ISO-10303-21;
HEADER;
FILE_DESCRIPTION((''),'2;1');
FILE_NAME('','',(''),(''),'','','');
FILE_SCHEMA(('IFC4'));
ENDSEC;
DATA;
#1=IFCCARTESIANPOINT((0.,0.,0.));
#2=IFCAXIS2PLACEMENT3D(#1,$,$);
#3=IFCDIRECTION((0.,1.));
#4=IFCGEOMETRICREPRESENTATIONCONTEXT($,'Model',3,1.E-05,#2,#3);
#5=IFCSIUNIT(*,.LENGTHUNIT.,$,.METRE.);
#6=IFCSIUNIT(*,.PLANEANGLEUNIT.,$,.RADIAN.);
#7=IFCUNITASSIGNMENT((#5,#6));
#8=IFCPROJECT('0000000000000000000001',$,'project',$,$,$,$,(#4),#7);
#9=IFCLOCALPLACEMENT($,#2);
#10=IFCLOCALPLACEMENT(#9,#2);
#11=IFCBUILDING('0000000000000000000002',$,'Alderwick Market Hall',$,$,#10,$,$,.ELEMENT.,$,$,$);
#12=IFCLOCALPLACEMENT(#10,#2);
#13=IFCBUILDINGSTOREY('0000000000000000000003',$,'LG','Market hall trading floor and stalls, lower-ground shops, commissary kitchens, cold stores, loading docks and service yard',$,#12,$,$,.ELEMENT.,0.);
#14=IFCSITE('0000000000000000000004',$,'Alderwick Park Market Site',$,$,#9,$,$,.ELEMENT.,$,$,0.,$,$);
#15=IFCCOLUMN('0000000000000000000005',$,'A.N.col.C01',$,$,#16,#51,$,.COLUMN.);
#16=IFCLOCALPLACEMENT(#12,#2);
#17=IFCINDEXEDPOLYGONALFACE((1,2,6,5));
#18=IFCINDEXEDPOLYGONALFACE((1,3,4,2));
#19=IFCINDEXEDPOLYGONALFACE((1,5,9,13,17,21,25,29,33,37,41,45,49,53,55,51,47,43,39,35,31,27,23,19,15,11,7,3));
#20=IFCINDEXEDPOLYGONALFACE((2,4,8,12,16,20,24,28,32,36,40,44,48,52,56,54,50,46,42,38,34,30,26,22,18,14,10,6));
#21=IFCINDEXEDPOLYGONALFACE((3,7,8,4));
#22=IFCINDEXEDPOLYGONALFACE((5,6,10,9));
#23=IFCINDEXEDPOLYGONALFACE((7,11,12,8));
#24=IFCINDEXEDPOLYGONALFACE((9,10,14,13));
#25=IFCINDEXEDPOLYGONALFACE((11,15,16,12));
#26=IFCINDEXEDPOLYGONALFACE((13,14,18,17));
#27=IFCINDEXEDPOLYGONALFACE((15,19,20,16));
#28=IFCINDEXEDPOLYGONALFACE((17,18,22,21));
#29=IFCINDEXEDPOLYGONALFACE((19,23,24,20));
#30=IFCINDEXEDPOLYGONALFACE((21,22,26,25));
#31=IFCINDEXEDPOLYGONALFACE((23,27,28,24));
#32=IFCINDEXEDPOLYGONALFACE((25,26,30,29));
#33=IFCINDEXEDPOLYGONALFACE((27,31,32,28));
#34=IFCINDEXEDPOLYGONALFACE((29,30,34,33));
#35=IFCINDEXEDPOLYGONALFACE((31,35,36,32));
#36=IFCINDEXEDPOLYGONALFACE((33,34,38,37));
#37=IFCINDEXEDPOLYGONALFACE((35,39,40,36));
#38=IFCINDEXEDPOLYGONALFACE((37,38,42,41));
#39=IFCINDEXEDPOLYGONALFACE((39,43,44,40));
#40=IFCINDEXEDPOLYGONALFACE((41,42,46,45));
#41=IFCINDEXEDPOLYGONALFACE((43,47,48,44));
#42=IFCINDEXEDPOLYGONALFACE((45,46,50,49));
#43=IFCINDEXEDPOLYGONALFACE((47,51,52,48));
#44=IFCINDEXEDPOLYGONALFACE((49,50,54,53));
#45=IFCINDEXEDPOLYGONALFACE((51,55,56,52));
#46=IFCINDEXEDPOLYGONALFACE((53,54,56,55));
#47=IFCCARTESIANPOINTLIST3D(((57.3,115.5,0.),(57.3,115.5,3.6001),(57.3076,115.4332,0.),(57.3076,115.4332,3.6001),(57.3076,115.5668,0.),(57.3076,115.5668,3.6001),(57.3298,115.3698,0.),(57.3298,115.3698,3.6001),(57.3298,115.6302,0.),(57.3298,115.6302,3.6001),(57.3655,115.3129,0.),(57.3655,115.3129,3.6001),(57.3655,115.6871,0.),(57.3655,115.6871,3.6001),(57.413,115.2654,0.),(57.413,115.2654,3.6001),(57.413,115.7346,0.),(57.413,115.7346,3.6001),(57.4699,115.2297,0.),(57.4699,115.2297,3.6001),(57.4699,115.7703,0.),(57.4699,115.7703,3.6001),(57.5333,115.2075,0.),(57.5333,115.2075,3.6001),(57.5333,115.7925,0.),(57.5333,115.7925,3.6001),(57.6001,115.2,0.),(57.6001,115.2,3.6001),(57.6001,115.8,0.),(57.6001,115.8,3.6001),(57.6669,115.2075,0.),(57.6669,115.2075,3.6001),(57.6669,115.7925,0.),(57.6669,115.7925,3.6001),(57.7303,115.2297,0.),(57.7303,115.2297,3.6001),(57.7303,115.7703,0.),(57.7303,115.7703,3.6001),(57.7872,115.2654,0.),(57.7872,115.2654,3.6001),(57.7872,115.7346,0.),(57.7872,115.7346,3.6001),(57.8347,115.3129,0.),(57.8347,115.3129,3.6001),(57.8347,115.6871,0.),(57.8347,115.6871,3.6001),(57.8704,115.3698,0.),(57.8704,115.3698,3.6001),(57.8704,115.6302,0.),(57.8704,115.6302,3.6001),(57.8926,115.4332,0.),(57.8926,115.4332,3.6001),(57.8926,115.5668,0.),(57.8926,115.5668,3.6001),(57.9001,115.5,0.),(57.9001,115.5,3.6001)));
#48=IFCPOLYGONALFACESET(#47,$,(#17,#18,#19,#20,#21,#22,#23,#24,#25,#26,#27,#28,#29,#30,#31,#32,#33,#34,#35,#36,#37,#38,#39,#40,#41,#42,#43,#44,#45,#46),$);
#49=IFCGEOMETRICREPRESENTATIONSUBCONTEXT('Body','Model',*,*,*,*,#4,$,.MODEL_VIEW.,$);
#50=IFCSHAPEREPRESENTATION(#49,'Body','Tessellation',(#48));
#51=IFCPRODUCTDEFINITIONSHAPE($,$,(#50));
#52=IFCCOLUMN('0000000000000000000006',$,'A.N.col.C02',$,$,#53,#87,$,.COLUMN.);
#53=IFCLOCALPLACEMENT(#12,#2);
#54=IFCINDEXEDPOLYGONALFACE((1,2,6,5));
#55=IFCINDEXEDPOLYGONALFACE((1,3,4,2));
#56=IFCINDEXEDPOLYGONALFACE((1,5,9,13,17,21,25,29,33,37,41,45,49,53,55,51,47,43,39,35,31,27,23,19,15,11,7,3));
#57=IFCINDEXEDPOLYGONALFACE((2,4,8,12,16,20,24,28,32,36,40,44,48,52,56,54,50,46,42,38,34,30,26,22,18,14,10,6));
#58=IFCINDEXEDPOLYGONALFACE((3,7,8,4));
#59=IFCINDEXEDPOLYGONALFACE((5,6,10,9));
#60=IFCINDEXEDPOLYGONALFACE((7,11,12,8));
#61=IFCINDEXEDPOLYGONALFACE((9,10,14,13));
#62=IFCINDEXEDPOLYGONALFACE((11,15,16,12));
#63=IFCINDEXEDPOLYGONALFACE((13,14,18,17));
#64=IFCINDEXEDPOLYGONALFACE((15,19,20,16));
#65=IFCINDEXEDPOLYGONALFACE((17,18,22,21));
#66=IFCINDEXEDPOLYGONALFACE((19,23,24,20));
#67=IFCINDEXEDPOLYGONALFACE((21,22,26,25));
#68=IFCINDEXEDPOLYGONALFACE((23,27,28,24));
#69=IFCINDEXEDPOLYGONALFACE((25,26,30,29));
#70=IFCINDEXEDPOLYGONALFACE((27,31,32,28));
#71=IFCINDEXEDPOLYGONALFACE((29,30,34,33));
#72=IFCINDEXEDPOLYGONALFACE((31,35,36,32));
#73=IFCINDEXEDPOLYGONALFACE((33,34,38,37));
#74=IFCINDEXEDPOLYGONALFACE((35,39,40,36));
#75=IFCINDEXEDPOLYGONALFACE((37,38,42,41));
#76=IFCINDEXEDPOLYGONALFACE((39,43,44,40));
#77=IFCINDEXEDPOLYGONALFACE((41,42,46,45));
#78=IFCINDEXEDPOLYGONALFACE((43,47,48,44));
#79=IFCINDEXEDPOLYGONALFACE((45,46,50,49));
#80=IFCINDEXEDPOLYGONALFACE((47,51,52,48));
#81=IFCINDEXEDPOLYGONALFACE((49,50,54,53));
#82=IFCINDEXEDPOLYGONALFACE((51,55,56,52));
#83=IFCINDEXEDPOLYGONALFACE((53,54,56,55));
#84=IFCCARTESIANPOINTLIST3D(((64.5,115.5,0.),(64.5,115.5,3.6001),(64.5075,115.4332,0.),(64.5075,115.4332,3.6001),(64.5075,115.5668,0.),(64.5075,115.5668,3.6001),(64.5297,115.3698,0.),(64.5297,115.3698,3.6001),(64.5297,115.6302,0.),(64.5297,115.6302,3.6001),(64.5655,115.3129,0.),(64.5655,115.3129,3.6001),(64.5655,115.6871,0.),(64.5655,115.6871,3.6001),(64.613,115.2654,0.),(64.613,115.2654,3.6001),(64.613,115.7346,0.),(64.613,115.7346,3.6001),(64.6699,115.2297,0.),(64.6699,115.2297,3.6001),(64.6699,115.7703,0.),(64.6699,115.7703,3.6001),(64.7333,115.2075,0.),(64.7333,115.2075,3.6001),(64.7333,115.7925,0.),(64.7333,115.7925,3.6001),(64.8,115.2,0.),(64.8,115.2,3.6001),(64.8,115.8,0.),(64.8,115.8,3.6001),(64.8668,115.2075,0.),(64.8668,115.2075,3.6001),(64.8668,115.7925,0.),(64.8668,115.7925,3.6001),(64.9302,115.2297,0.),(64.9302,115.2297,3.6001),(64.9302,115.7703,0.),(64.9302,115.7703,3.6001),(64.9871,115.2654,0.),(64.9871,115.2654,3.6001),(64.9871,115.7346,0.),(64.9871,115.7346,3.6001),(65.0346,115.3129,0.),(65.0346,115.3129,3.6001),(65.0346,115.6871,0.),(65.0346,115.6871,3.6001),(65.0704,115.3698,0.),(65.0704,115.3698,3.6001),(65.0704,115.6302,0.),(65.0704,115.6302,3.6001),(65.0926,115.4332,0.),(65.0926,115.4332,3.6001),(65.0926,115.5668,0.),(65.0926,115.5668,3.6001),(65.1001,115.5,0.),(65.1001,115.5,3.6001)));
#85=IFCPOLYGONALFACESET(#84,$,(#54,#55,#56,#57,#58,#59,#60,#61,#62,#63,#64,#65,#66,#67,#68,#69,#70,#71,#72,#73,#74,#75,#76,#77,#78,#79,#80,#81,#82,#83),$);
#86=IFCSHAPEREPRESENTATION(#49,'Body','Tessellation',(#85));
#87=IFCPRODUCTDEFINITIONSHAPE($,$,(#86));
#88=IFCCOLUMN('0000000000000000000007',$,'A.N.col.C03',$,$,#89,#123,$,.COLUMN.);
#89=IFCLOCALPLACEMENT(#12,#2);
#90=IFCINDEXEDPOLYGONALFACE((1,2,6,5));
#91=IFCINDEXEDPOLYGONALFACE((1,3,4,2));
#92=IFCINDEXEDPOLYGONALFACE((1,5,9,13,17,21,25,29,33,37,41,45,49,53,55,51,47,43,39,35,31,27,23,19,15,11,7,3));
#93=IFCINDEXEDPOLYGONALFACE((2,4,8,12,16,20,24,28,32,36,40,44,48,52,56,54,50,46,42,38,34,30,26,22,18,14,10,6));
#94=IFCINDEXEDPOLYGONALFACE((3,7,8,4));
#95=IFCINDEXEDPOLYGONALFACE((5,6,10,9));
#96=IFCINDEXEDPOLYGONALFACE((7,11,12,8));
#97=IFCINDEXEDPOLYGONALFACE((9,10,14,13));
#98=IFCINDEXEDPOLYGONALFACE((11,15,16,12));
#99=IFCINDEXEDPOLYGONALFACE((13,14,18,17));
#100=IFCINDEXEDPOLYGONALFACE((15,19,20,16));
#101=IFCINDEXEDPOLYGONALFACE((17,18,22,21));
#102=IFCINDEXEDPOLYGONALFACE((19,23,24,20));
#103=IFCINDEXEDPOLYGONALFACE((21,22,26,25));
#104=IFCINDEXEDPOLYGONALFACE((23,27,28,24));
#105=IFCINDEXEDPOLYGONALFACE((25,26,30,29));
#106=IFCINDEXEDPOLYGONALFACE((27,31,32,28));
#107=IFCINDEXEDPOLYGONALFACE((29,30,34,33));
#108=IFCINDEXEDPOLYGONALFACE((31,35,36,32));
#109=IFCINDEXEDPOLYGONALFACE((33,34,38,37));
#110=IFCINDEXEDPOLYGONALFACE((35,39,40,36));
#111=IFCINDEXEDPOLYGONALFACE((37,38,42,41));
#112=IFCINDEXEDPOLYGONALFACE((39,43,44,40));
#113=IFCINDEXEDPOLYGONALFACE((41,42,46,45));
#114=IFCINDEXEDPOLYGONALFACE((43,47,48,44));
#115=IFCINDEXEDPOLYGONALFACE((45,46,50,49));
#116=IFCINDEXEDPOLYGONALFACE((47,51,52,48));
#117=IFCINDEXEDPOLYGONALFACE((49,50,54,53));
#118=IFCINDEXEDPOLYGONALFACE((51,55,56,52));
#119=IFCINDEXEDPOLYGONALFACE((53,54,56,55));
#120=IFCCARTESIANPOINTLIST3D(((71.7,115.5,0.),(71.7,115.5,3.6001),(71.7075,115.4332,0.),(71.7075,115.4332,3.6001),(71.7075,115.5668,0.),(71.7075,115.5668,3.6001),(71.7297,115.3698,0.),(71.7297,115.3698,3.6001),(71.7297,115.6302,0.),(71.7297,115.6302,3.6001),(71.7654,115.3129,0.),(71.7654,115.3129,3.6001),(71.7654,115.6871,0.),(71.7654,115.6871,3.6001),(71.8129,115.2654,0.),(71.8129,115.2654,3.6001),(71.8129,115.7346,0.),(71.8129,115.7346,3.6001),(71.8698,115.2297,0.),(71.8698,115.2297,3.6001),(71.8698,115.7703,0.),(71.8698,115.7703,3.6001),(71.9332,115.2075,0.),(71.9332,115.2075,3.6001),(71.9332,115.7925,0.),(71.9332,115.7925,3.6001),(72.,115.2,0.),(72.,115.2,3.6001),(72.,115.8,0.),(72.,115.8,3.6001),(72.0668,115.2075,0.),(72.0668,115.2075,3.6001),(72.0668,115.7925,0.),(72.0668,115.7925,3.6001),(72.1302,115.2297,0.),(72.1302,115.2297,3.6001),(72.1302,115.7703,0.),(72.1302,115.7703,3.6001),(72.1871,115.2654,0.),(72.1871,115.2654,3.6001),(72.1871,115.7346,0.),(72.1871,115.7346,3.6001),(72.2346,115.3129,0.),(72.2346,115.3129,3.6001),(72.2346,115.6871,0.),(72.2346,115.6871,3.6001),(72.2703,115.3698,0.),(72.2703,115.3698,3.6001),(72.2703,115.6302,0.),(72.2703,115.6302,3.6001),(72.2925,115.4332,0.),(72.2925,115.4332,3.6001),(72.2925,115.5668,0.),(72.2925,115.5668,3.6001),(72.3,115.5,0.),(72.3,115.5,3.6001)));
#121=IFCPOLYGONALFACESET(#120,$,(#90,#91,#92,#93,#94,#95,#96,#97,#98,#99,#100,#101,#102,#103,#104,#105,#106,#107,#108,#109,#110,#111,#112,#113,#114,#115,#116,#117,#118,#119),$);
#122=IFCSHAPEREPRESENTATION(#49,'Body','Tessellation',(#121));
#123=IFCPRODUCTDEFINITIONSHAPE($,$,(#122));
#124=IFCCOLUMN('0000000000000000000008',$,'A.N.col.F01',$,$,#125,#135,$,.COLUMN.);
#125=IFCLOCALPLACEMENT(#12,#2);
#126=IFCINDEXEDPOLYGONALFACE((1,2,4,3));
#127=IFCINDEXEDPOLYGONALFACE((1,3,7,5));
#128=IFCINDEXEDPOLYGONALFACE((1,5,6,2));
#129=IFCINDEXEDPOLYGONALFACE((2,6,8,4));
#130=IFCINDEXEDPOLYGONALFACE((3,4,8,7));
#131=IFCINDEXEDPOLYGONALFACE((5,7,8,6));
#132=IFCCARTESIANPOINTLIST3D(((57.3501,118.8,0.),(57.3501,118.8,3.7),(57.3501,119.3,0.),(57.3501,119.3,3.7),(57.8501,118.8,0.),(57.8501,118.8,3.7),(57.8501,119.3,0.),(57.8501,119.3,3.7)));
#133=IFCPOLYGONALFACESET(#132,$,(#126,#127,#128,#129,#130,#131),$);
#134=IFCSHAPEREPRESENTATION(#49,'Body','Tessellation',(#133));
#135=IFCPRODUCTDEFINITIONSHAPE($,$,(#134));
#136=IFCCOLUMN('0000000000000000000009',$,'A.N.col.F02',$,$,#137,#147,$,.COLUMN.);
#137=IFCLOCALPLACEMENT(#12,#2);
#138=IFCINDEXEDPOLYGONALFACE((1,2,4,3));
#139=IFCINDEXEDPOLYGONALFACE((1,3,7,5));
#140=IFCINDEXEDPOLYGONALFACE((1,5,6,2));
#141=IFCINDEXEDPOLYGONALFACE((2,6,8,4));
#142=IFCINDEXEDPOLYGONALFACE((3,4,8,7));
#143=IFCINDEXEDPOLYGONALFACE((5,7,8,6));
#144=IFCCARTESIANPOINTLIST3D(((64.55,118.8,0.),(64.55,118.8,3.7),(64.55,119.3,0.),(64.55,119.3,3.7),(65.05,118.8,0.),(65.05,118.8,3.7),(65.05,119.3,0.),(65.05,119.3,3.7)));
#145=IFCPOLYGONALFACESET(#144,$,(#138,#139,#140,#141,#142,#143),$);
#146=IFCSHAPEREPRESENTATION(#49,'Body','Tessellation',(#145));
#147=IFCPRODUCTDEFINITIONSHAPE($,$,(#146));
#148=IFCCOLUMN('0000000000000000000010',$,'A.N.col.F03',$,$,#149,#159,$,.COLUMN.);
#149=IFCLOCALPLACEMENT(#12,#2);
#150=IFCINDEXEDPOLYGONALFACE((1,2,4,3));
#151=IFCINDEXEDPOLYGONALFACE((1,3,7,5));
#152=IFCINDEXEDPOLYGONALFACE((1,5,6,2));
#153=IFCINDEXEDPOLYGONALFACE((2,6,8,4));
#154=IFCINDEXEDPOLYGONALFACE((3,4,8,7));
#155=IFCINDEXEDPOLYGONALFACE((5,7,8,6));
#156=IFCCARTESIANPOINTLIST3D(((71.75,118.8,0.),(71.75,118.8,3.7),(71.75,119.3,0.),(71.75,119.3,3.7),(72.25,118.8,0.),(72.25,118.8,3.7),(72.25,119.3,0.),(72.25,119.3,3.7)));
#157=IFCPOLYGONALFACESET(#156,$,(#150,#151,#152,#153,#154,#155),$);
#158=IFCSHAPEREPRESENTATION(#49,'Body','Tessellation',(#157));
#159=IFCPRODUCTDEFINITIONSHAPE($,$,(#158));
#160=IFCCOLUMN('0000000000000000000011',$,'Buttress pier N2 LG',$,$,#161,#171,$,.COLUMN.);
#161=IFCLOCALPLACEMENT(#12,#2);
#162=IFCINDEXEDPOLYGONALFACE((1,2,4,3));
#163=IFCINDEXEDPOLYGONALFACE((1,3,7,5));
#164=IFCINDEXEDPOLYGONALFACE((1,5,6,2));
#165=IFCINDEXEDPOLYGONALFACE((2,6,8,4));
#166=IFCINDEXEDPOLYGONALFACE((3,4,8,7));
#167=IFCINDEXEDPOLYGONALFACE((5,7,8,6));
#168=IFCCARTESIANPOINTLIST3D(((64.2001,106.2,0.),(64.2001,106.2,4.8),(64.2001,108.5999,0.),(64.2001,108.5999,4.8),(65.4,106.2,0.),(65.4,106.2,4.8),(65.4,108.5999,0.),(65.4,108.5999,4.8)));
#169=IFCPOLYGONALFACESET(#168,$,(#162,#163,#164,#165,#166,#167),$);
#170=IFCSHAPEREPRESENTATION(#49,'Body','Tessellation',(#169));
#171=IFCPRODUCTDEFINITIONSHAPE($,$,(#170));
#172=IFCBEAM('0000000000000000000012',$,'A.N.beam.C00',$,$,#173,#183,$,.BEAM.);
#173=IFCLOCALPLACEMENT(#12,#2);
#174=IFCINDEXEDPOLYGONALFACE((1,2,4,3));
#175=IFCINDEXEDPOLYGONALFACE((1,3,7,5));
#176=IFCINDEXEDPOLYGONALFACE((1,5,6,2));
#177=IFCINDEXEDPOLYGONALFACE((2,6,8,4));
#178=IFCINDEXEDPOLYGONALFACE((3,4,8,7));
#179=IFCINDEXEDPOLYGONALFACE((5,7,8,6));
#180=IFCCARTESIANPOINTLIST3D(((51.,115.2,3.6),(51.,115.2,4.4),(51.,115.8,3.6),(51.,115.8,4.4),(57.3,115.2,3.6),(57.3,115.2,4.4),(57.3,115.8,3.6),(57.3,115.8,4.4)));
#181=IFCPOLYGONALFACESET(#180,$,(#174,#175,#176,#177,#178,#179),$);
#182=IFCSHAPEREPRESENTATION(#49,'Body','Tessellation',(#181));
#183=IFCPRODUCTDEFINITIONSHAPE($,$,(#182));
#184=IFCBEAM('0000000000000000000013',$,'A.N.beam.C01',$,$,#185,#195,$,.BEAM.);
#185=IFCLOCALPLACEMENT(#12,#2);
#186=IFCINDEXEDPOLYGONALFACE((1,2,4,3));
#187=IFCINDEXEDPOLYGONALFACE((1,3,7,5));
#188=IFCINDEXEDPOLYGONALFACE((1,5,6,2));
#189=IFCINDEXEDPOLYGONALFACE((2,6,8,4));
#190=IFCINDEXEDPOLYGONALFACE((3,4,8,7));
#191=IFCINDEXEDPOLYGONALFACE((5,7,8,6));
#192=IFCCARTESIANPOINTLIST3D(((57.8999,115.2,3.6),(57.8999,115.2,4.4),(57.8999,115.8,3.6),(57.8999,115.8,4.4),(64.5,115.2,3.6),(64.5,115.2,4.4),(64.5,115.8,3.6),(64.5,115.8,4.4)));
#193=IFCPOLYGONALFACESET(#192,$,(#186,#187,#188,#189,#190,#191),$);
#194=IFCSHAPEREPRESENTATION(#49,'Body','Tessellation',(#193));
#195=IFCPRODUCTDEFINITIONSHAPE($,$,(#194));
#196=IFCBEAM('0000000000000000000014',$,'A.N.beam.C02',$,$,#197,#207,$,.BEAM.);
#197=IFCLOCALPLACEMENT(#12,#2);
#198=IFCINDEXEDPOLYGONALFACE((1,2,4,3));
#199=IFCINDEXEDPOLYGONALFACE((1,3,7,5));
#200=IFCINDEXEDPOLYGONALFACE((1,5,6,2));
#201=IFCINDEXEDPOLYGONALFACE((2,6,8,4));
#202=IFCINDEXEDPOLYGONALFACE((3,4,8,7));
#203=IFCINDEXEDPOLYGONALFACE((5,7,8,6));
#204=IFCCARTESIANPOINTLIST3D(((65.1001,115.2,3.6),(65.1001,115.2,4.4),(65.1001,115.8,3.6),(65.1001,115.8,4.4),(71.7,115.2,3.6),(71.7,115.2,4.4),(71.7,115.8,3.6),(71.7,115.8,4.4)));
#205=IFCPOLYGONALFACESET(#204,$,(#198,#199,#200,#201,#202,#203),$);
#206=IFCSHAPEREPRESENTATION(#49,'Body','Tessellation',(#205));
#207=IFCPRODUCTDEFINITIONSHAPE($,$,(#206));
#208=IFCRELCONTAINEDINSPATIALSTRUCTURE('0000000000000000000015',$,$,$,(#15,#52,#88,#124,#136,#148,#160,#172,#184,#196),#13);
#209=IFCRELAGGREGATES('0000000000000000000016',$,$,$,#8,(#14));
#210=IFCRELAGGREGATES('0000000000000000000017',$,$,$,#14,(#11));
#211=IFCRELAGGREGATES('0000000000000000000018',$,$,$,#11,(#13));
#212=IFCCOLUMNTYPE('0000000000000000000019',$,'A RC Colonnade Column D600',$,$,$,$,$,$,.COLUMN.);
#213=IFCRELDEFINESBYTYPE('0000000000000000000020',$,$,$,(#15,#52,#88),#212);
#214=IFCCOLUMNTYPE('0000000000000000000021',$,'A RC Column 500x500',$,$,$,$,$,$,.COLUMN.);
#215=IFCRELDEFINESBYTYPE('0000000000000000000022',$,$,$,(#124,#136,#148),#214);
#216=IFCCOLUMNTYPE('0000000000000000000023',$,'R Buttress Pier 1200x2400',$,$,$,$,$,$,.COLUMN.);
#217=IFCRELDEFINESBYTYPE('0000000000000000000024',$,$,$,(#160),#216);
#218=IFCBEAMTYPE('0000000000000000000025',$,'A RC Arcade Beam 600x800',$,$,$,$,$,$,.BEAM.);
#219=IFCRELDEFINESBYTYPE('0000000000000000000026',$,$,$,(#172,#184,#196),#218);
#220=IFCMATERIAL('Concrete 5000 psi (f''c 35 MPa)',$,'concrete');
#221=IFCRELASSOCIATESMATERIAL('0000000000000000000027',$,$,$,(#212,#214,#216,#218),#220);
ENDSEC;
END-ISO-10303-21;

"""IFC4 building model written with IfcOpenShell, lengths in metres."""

from ifc_helpers import new_model, si_unit, direction, frame, origin, origin_2d, place, context, subcontext, project, spatial, rectangle, circle, extrude, material, material_profile, profile_set, type_object, element, save


model = new_model("IFC4")

# Units and contexts
model_context = context("Model", 3, precision=1e-05, world=origin(), true_north=direction((0.0, 1.0)))
body_context = subcontext(model_context, "Body", "Model", "MODEL_VIEW")
ifc_project = project(units=[si_unit("LENGTHUNIT", "METRE"), si_unit("PLANEANGLEUNIT", "RADIAN")], contexts=[model_context])

# Site, building, storey
site_placement = place(None, origin())
site = spatial("IfcSite", under=ifc_project, at=site_placement, Name="Alderwick Park Market Site", CompositionType="ELEMENT", RefElevation=0.0)
building_placement = place(site_placement, origin())
building = spatial("IfcBuilding", under=site, at=building_placement, Name="Alderwick Market Hall", CompositionType="ELEMENT")
storey_placement = place(building_placement, origin())
storey = spatial("IfcBuildingStorey", under=building, at=storey_placement, Name="LG", Description="Market hall trading floor and stalls, lower-ground shops, commissary kitchens, cold stores, loading docks and service yard", CompositionType="ELEMENT", Elevation=0.0)

# Columns
ifc_material_1 = material(Name="Concrete 5000 psi (f'c 35 MPa)", Category="concrete")
ifc_material_profile_1 = material_profile(ifc_material_1, circle(Radius=0.3, at=origin_2d()), Name="A RC Colonnade Column D600")
ifc_profile_set_1 = profile_set([ifc_material_profile_1], Name="Concrete 5000 psi (f'c 35 MPa)")
column_type_1 = type_object("IfcColumnType", Name="A RC Colonnade Column D600", PredefinedType="COLUMN", material=ifc_profile_set_1)
for number, where, z_axis, x_axis, name in (
    (1, (57.6001, 115.5, 0.0), (0.0, 0.0, 1.0), (1.0, 0.0, 0.0), "A.N.col.C01"),
    (2, (64.8, 115.5, 0.0), (0.0, 0.0, 1.0), (1.0, 0.0, 0.0), "A.N.col.C02"),
    (3, (72.0, 115.5, 0.0), (0.0, 0.0, 1.0), (1.0, 0.0, 0.0), "A.N.col.C03"),
):
    element("IfcColumn", number, at=place(storey_placement, frame(where, z_axis=z_axis, x_axis=x_axis)), inside=storey, type_object=column_type_1, Name=name, PredefinedType="COLUMN", context=body_context, shape_type="SweptSolid", body=[
        extrude(circle(Radius=0.3, at=origin_2d()), origin(), (0.0, 0.0, 1.0), 3.6001),
    ])
ifc_material_profile_2 = material_profile(ifc_material_1, rectangle(XDim=0.5, YDim=0.5, at=origin_2d()), Name="A RC Column 500x500")
ifc_profile_set_2 = profile_set([ifc_material_profile_2], Name="Concrete 5000 psi (f'c 35 MPa)")
column_type_2 = type_object("IfcColumnType", Name="A RC Column 500x500", PredefinedType="COLUMN", material=ifc_profile_set_2)
for number, where, z_axis, x_axis, name in (
    (4, (57.6001, 119.05, 0.0), (0.0, 0.0, 1.0), (1.0, 0.0, 0.0), "A.N.col.F01"),
    (5, (64.8, 119.05, 0.0), (0.0, 0.0, 1.0), (1.0, 0.0, 0.0), "A.N.col.F02"),
    (6, (72.0, 119.05, 0.0), (0.0, 0.0, 1.0), (1.0, 0.0, 0.0), "A.N.col.F03"),
):
    element("IfcColumn", number, at=place(storey_placement, frame(where, z_axis=z_axis, x_axis=x_axis)), inside=storey, type_object=column_type_2, Name=name, PredefinedType="COLUMN", context=body_context, shape_type="SweptSolid", body=[
        extrude(rectangle(XDim=0.5, YDim=0.5, at=origin_2d()), origin(), (0.0, 0.0, 1.0), 3.7),
    ])
ifc_material_profile_3 = material_profile(ifc_material_1, rectangle(XDim=1.2, YDim=2.3999, at=origin_2d()), Name="RC 1200x2400")
ifc_profile_set_3 = profile_set([ifc_material_profile_3], Name="Concrete 5000 psi (f'c 35 MPa)")
column_type_3 = type_object("IfcColumnType", Name="R Buttress Pier 1200x2400", PredefinedType="COLUMN", material=ifc_profile_set_3)
column_placement = place(storey_placement, frame((64.8, 107.3999, 0.0), z_axis=(0.0, 0.0, 1.0), x_axis=(1.0, 0.0, 0.0)))
element("IfcColumn", 7, at=column_placement, inside=storey, type_object=column_type_3, Name="Buttress pier N2 LG", PredefinedType="COLUMN", context=body_context, shape_type="SweptSolid", body=[
    extrude(rectangle(XDim=1.2, YDim=2.3999, at=origin_2d()), origin(), (0.0, 0.0, 1.0), 4.8),
])

# Beams
ifc_material_profile_4 = material_profile(ifc_material_1, rectangle(XDim=0.6001, YDim=0.8, at=origin_2d()), Name="A RC Arcade Beam 600x800")
ifc_profile_set_4 = profile_set([ifc_material_profile_4], Name="Concrete 5000 psi (f'c 35 MPa)")
beam_type_1 = type_object("IfcBeamType", Name="A RC Arcade Beam 600x800", PredefinedType="BEAM", material=ifc_profile_set_4)
beam_1_placement = place(storey_placement, frame((51.0, 115.5, 4.0), z_axis=(1.0, 0.0, 0.0), x_axis=(0.0, 1.0, 0.0)))
element("IfcBeam", 8, at=beam_1_placement, inside=storey, type_object=beam_type_1, Name="A.N.beam.C00", PredefinedType="BEAM", context=body_context, shape_type="SweptSolid", body=[
    extrude(rectangle(XDim=0.6001, YDim=0.8, at=origin_2d()), origin(), (0.0, 0.0, 1.0), 6.3),
])
beam_2_placement = place(storey_placement, frame((57.8999, 115.5, 4.0), z_axis=(1.0, 0.0, 0.0), x_axis=(0.0, 1.0, 0.0)))
element("IfcBeam", 9, at=beam_2_placement, inside=storey, type_object=beam_type_1, Name="A.N.beam.C01", PredefinedType="BEAM", context=body_context, shape_type="SweptSolid", body=[
    extrude(rectangle(XDim=0.6001, YDim=0.8, at=origin_2d()), origin(), (0.0, 0.0, 1.0), 6.6001),
])
beam_3_placement = place(storey_placement, frame((65.1001, 115.5, 4.0), z_axis=(1.0, 0.0, 0.0), x_axis=(0.0, 1.0, 0.0)))
element("IfcBeam", 10, at=beam_3_placement, inside=storey, type_object=beam_type_1, Name="A.N.beam.C02", PredefinedType="BEAM", context=body_context, shape_type="SweptSolid", body=[
    extrude(rectangle(XDim=0.6001, YDim=0.8, at=origin_2d()), origin(), (0.0, 0.0, 1.0), 6.5999),
])

save(model, "model.ifc")
